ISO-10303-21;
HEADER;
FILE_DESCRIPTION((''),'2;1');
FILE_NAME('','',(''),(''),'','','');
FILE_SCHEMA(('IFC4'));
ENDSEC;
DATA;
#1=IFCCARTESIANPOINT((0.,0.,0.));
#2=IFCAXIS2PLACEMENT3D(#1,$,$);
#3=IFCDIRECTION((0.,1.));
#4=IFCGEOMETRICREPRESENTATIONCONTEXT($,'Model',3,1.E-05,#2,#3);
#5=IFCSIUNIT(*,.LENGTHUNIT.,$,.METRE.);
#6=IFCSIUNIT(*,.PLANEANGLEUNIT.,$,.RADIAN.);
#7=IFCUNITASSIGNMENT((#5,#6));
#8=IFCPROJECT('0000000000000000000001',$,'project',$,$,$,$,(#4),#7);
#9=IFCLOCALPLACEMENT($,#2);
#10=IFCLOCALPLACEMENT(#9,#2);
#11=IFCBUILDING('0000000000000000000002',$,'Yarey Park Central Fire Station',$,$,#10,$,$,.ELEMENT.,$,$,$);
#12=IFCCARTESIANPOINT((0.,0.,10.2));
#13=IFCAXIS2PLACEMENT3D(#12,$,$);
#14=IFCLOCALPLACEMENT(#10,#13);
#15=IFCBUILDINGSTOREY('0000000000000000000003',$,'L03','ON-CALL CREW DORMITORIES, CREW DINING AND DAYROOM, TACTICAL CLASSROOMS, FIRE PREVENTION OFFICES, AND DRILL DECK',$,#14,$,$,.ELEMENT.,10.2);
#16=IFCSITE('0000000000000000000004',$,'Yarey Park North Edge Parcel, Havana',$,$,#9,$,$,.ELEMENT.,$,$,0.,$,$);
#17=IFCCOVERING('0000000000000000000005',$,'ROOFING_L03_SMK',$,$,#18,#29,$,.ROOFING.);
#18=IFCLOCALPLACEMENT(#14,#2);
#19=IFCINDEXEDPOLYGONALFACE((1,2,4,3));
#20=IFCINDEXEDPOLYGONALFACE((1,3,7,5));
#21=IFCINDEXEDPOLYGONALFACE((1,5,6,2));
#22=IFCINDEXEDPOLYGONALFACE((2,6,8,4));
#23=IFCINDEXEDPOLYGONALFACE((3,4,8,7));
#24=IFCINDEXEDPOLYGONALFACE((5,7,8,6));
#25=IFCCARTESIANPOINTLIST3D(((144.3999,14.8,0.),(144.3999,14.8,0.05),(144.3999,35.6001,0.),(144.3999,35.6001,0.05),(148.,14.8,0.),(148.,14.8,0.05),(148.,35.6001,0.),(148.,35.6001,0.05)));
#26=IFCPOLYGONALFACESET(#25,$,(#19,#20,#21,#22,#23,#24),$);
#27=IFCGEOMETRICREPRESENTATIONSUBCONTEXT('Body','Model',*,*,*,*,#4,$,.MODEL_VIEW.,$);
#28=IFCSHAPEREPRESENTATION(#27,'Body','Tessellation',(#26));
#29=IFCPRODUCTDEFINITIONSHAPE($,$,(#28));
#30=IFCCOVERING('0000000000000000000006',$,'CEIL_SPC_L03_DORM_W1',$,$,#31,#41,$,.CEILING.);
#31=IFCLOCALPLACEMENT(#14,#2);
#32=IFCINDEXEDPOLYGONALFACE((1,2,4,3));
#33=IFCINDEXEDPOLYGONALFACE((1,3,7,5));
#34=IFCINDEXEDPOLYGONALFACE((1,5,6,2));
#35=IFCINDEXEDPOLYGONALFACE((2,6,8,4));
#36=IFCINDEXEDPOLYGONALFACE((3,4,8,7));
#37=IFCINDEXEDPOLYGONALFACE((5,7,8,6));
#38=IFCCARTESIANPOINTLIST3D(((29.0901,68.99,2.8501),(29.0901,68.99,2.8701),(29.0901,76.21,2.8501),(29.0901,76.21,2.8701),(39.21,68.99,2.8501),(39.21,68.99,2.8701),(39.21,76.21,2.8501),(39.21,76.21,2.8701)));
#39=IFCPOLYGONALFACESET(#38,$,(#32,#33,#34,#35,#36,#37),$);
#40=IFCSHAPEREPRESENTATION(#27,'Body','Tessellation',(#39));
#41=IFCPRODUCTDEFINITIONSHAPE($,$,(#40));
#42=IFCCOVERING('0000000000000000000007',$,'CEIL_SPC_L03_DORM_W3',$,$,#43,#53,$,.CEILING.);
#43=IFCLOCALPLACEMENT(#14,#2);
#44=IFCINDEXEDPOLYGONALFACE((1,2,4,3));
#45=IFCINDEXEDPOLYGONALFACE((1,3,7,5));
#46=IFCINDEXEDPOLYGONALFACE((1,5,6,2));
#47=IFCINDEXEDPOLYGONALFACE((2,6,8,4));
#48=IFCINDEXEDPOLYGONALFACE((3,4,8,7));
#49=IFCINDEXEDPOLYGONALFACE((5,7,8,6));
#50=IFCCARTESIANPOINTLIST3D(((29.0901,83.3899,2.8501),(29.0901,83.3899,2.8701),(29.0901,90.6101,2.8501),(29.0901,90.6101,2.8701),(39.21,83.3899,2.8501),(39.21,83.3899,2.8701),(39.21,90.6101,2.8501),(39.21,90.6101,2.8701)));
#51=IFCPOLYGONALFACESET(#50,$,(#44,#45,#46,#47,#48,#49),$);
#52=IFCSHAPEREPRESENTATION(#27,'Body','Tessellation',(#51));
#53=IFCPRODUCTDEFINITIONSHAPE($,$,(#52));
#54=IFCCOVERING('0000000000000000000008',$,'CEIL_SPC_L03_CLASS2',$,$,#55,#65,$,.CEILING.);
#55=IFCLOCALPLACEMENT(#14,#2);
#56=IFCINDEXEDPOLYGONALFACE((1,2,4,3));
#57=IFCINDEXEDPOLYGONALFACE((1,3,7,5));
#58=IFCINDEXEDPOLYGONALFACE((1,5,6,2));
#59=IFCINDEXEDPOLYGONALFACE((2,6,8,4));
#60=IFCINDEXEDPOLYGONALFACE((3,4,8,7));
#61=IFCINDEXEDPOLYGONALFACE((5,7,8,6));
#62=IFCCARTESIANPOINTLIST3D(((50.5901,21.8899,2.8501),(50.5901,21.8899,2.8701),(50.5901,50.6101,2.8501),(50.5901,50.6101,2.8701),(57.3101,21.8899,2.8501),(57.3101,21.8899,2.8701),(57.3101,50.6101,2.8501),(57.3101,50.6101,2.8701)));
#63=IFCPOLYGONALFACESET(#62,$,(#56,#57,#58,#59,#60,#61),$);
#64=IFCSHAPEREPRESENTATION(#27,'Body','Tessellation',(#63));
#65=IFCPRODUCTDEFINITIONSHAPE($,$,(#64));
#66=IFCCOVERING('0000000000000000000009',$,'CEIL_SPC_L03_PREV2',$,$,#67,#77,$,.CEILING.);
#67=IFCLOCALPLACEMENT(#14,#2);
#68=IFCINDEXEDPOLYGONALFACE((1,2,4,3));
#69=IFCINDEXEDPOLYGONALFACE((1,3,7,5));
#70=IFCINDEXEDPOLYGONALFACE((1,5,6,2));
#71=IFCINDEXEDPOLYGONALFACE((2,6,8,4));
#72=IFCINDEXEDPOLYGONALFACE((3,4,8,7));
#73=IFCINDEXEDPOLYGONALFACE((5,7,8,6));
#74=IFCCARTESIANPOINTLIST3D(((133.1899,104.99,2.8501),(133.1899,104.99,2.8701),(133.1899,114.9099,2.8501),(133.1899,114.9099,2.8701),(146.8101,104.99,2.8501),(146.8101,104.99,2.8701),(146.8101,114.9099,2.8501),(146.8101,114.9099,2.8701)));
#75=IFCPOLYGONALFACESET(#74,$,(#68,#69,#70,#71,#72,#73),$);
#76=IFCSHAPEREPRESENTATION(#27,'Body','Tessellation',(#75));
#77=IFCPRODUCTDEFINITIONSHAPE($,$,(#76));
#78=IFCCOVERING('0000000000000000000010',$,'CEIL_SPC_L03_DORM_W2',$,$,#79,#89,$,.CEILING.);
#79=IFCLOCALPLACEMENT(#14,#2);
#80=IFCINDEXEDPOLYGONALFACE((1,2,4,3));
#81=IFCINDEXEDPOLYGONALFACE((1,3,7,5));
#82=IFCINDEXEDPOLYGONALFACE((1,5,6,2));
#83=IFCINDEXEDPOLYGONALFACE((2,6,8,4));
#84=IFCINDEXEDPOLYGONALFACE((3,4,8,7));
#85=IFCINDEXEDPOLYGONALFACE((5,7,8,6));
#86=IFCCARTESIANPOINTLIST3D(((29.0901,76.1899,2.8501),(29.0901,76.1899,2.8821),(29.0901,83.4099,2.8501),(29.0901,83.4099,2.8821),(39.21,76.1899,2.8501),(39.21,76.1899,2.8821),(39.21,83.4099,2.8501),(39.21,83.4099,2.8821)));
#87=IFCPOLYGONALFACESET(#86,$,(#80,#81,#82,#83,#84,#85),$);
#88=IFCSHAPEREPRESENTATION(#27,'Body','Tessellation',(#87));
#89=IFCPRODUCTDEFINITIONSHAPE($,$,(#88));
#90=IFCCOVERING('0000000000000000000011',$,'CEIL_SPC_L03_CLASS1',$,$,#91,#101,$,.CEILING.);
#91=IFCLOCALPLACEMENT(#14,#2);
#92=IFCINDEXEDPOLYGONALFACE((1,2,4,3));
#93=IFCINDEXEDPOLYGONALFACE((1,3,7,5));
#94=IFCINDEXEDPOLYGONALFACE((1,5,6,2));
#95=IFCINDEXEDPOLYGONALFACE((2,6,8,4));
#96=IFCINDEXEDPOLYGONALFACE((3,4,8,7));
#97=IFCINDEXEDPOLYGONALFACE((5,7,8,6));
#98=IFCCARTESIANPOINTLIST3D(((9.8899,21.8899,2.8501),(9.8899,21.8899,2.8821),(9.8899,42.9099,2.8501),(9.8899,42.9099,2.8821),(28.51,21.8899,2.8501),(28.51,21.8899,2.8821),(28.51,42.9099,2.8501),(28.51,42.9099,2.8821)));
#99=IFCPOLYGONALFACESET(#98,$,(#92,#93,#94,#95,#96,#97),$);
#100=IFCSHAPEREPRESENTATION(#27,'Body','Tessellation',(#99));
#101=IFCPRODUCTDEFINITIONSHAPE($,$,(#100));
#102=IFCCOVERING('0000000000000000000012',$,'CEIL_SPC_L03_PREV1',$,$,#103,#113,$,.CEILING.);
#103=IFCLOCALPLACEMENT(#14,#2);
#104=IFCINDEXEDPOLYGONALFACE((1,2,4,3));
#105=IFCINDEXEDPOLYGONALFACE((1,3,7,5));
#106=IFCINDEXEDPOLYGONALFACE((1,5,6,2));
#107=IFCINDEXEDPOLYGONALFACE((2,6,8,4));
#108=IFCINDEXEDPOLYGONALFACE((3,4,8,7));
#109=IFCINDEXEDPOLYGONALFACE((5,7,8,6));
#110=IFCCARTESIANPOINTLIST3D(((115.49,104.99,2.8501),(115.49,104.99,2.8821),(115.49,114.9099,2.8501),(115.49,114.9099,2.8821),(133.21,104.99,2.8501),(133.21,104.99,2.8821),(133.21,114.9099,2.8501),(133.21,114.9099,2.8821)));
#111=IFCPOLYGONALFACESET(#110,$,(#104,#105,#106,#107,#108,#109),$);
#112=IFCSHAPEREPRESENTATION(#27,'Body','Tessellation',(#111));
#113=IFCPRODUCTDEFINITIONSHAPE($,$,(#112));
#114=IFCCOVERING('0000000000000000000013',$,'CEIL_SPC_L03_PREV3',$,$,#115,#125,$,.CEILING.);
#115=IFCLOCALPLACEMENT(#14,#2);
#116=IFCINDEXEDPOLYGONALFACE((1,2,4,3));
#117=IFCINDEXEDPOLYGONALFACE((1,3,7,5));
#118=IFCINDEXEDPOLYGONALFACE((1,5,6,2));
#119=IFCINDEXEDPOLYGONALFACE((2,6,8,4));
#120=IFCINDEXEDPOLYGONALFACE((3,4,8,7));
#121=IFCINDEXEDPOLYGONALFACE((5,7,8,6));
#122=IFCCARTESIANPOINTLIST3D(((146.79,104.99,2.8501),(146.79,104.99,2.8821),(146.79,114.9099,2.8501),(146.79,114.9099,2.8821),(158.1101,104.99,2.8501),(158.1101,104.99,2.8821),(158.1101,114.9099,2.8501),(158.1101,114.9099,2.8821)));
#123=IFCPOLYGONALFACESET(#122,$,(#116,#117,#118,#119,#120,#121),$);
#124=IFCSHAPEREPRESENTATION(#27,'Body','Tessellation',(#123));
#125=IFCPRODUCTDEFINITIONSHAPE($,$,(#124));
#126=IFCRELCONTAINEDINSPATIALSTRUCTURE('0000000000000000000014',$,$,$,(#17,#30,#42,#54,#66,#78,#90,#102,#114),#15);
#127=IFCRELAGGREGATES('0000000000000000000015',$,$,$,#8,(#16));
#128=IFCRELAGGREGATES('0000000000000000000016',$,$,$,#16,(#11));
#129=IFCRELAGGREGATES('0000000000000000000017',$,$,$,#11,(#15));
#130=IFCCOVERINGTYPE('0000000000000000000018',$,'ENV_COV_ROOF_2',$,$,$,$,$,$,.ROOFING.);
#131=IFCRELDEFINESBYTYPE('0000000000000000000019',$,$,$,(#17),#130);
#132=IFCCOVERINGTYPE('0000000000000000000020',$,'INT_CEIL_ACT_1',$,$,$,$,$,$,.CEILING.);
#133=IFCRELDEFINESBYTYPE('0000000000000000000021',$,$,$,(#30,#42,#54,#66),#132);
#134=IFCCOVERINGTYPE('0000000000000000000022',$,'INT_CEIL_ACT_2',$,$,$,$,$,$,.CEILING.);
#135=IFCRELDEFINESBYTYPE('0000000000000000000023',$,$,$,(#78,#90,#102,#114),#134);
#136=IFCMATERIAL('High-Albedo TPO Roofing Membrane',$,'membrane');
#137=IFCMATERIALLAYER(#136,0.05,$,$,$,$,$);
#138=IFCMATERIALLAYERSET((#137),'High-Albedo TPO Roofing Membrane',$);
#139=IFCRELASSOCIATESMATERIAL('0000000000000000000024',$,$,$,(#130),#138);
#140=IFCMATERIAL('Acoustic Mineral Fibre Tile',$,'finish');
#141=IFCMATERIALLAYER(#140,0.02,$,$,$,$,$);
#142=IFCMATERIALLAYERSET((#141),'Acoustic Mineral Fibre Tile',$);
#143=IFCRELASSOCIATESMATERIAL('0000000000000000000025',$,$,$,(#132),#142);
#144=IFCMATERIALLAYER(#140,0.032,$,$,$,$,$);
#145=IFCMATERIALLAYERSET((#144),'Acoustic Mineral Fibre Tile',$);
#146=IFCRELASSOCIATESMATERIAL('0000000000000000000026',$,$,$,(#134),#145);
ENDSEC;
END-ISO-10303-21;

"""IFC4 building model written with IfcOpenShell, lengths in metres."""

from ifc_helpers import new_model, si_unit, direction, frame, origin, place, context, subcontext, project, spatial, polyline, outline, extrude, material, layer, layer_set, type_object, element, save


model = new_model("IFC4")

# Units and contexts
model_context = context("Model", 3, precision=1e-05, world=origin(), true_north=direction((0.0, 1.0)))
body_context = subcontext(model_context, "Body", "Model", "MODEL_VIEW")
ifc_project = project(units=[si_unit("LENGTHUNIT", "METRE"), si_unit("PLANEANGLEUNIT", "RADIAN")], contexts=[model_context])

# Site, building, storey
site_placement = place(None, origin())
site = spatial("IfcSite", under=ifc_project, at=site_placement, Name="Yarey Park North Edge Parcel, Havana", CompositionType="ELEMENT", RefElevation=0.0)
building_placement = place(site_placement, origin())
building = spatial("IfcBuilding", under=site, at=building_placement, Name="Yarey Park Central Fire Station", CompositionType="ELEMENT")
storey_placement = place(building_placement, frame((0.0, 0.0, 10.2)))
storey = spatial("IfcBuildingStorey", under=building, at=storey_placement, Name="L03", Description="ON-CALL CREW DORMITORIES, CREW DINING AND DAYROOM, TACTICAL CLASSROOMS, FIRE PREVENTION OFFICES, AND DRILL DECK", CompositionType="ELEMENT", Elevation=10.2)

# Coverings
ifc_material_1 = material(Name="High-Albedo TPO Roofing Membrane", Category="membrane")
ifc_layer_1 = layer(ifc_material_1, 0.05)
ifc_layer_set_1 = layer_set([ifc_layer_1], Name="High-Albedo TPO Roofing Membrane")
covering_type_1 = type_object("IfcCoveringType", Name="ENV_COV_ROOF_2", PredefinedType="ROOFING", material=ifc_layer_set_1)
covering_1_placement = place(storey_placement, origin())
element("IfcCovering", 1, at=covering_1_placement, inside=storey, type_object=covering_type_1, Name="ROOFING_L03_SMK", PredefinedType="ROOFING", context=body_context, shape_type="SweptSolid", body=[
    extrude(outline(polyline([(144.3999, 14.8), (148.0, 14.8), (148.0, 35.6001), (144.3999, 35.6001), (144.3999, 14.8)])), origin(), (0.0, 0.0, 1.0), 0.05),
])
ifc_material_2 = material(Name="Acoustic Mineral Fibre Tile", Category="finish")
ifc_layer_2 = layer(ifc_material_2, 0.02)
ifc_layer_set_2 = layer_set([ifc_layer_2], Name="Acoustic Mineral Fibre Tile")
covering_type_2 = type_object("IfcCoveringType", Name="INT_CEIL_ACT_1", PredefinedType="CEILING", material=ifc_layer_set_2)
covering_2_placement = place(storey_placement, frame((0.0, 0.0, 2.8501)))
element("IfcCovering", 2, at=covering_2_placement, inside=storey, type_object=covering_type_2, Name="CEIL_SPC_L03_DORM_W1", PredefinedType="CEILING", context=body_context, shape_type="SweptSolid", body=[
    extrude(outline(polyline([(29.0901, 68.99), (39.21, 68.99), (39.21, 76.21), (29.0901, 76.21), (29.0901, 68.99)])), origin(), (0.0, 0.0, 1.0), 0.02),
])
covering_3_placement = place(storey_placement, frame((0.0, 0.0, 2.8501)))
element("IfcCovering", 3, at=covering_3_placement, inside=storey, type_object=covering_type_2, Name="CEIL_SPC_L03_DORM_W3", PredefinedType="CEILING", context=body_context, shape_type="SweptSolid", body=[
    extrude(outline(polyline([(29.0901, 83.3899), (39.21, 83.3899), (39.21, 90.6101), (29.0901, 90.6101), (29.0901, 83.3899)])), origin(), (0.0, 0.0, 1.0), 0.02),
])
covering_4_placement = place(storey_placement, frame((0.0, 0.0, 2.8501)))
element("IfcCovering", 4, at=covering_4_placement, inside=storey, type_object=covering_type_2, Name="CEIL_SPC_L03_CLASS2", PredefinedType="CEILING", context=body_context, shape_type="SweptSolid", body=[
    extrude(outline(polyline([(50.5901, 21.8899), (57.3101, 21.8899), (57.3101, 50.6101), (50.5901, 50.6101), (50.5901, 21.8899)])), origin(), (0.0, 0.0, 1.0), 0.02),
])
covering_5_placement = place(storey_placement, frame((0.0, 0.0, 2.8501)))
element("IfcCovering", 5, at=covering_5_placement, inside=storey, type_object=covering_type_2, Name="CEIL_SPC_L03_PREV2", PredefinedType="CEILING", context=body_context, shape_type="SweptSolid", body=[
    extrude(outline(polyline([(133.1899, 104.99), (146.8101, 104.99), (146.8101, 114.9099), (133.1899, 114.9099), (133.1899, 104.99)])), origin(), (0.0, 0.0, 1.0), 0.02),
])
ifc_layer_3 = layer(ifc_material_2, 0.032)
ifc_layer_set_3 = layer_set([ifc_layer_3], Name="Acoustic Mineral Fibre Tile")
covering_type_3 = type_object("IfcCoveringType", Name="INT_CEIL_ACT_2", PredefinedType="CEILING", material=ifc_layer_set_3)
covering_6_placement = place(storey_placement, frame((0.0, 0.0, 2.8501)))
element("IfcCovering", 6, at=covering_6_placement, inside=storey, type_object=covering_type_3, Name="CEIL_SPC_L03_DORM_W2", PredefinedType="CEILING", context=body_context, shape_type="SweptSolid", body=[
    extrude(outline(polyline([(29.0901, 76.1899), (39.21, 76.1899), (39.21, 83.4099), (29.0901, 83.4099), (29.0901, 76.1899)])), origin(), (0.0, 0.0, 1.0), 0.032),
])
covering_7_placement = place(storey_placement, frame((0.0, 0.0, 2.8501)))
element("IfcCovering", 7, at=covering_7_placement, inside=storey, type_object=covering_type_3, Name="CEIL_SPC_L03_CLASS1", PredefinedType="CEILING", context=body_context, shape_type="SweptSolid", body=[
    extrude(outline(polyline([(9.8899, 21.8899), (28.51, 21.8899), (28.51, 42.9099), (9.8899, 42.9099), (9.8899, 21.8899)])), origin(), (0.0, 0.0, 1.0), 0.032),
])
covering_8_placement = place(storey_placement, frame((0.0, 0.0, 2.8501)))
element("IfcCovering", 8, at=covering_8_placement, inside=storey, type_object=covering_type_3, Name="CEIL_SPC_L03_PREV1", PredefinedType="CEILING", context=body_context, shape_type="SweptSolid", body=[
    extrude(outline(polyline([(115.49, 104.99), (133.21, 104.99), (133.21, 114.9099), (115.49, 114.9099), (115.49, 104.99)])), origin(), (0.0, 0.0, 1.0), 0.032),
])
covering_9_placement = place(storey_placement, frame((0.0, 0.0, 2.8501)))
element("IfcCovering", 9, at=covering_9_placement, inside=storey, type_object=covering_type_3, Name="CEIL_SPC_L03_PREV3", PredefinedType="CEILING", context=body_context, shape_type="SweptSolid", body=[
    extrude(outline(polyline([(146.79, 104.99), (158.1101, 104.99), (158.1101, 114.9099), (146.79, 114.9099), (146.79, 104.99)])), origin(), (0.0, 0.0, 1.0), 0.032),
])

save(model, "model.ifc")
